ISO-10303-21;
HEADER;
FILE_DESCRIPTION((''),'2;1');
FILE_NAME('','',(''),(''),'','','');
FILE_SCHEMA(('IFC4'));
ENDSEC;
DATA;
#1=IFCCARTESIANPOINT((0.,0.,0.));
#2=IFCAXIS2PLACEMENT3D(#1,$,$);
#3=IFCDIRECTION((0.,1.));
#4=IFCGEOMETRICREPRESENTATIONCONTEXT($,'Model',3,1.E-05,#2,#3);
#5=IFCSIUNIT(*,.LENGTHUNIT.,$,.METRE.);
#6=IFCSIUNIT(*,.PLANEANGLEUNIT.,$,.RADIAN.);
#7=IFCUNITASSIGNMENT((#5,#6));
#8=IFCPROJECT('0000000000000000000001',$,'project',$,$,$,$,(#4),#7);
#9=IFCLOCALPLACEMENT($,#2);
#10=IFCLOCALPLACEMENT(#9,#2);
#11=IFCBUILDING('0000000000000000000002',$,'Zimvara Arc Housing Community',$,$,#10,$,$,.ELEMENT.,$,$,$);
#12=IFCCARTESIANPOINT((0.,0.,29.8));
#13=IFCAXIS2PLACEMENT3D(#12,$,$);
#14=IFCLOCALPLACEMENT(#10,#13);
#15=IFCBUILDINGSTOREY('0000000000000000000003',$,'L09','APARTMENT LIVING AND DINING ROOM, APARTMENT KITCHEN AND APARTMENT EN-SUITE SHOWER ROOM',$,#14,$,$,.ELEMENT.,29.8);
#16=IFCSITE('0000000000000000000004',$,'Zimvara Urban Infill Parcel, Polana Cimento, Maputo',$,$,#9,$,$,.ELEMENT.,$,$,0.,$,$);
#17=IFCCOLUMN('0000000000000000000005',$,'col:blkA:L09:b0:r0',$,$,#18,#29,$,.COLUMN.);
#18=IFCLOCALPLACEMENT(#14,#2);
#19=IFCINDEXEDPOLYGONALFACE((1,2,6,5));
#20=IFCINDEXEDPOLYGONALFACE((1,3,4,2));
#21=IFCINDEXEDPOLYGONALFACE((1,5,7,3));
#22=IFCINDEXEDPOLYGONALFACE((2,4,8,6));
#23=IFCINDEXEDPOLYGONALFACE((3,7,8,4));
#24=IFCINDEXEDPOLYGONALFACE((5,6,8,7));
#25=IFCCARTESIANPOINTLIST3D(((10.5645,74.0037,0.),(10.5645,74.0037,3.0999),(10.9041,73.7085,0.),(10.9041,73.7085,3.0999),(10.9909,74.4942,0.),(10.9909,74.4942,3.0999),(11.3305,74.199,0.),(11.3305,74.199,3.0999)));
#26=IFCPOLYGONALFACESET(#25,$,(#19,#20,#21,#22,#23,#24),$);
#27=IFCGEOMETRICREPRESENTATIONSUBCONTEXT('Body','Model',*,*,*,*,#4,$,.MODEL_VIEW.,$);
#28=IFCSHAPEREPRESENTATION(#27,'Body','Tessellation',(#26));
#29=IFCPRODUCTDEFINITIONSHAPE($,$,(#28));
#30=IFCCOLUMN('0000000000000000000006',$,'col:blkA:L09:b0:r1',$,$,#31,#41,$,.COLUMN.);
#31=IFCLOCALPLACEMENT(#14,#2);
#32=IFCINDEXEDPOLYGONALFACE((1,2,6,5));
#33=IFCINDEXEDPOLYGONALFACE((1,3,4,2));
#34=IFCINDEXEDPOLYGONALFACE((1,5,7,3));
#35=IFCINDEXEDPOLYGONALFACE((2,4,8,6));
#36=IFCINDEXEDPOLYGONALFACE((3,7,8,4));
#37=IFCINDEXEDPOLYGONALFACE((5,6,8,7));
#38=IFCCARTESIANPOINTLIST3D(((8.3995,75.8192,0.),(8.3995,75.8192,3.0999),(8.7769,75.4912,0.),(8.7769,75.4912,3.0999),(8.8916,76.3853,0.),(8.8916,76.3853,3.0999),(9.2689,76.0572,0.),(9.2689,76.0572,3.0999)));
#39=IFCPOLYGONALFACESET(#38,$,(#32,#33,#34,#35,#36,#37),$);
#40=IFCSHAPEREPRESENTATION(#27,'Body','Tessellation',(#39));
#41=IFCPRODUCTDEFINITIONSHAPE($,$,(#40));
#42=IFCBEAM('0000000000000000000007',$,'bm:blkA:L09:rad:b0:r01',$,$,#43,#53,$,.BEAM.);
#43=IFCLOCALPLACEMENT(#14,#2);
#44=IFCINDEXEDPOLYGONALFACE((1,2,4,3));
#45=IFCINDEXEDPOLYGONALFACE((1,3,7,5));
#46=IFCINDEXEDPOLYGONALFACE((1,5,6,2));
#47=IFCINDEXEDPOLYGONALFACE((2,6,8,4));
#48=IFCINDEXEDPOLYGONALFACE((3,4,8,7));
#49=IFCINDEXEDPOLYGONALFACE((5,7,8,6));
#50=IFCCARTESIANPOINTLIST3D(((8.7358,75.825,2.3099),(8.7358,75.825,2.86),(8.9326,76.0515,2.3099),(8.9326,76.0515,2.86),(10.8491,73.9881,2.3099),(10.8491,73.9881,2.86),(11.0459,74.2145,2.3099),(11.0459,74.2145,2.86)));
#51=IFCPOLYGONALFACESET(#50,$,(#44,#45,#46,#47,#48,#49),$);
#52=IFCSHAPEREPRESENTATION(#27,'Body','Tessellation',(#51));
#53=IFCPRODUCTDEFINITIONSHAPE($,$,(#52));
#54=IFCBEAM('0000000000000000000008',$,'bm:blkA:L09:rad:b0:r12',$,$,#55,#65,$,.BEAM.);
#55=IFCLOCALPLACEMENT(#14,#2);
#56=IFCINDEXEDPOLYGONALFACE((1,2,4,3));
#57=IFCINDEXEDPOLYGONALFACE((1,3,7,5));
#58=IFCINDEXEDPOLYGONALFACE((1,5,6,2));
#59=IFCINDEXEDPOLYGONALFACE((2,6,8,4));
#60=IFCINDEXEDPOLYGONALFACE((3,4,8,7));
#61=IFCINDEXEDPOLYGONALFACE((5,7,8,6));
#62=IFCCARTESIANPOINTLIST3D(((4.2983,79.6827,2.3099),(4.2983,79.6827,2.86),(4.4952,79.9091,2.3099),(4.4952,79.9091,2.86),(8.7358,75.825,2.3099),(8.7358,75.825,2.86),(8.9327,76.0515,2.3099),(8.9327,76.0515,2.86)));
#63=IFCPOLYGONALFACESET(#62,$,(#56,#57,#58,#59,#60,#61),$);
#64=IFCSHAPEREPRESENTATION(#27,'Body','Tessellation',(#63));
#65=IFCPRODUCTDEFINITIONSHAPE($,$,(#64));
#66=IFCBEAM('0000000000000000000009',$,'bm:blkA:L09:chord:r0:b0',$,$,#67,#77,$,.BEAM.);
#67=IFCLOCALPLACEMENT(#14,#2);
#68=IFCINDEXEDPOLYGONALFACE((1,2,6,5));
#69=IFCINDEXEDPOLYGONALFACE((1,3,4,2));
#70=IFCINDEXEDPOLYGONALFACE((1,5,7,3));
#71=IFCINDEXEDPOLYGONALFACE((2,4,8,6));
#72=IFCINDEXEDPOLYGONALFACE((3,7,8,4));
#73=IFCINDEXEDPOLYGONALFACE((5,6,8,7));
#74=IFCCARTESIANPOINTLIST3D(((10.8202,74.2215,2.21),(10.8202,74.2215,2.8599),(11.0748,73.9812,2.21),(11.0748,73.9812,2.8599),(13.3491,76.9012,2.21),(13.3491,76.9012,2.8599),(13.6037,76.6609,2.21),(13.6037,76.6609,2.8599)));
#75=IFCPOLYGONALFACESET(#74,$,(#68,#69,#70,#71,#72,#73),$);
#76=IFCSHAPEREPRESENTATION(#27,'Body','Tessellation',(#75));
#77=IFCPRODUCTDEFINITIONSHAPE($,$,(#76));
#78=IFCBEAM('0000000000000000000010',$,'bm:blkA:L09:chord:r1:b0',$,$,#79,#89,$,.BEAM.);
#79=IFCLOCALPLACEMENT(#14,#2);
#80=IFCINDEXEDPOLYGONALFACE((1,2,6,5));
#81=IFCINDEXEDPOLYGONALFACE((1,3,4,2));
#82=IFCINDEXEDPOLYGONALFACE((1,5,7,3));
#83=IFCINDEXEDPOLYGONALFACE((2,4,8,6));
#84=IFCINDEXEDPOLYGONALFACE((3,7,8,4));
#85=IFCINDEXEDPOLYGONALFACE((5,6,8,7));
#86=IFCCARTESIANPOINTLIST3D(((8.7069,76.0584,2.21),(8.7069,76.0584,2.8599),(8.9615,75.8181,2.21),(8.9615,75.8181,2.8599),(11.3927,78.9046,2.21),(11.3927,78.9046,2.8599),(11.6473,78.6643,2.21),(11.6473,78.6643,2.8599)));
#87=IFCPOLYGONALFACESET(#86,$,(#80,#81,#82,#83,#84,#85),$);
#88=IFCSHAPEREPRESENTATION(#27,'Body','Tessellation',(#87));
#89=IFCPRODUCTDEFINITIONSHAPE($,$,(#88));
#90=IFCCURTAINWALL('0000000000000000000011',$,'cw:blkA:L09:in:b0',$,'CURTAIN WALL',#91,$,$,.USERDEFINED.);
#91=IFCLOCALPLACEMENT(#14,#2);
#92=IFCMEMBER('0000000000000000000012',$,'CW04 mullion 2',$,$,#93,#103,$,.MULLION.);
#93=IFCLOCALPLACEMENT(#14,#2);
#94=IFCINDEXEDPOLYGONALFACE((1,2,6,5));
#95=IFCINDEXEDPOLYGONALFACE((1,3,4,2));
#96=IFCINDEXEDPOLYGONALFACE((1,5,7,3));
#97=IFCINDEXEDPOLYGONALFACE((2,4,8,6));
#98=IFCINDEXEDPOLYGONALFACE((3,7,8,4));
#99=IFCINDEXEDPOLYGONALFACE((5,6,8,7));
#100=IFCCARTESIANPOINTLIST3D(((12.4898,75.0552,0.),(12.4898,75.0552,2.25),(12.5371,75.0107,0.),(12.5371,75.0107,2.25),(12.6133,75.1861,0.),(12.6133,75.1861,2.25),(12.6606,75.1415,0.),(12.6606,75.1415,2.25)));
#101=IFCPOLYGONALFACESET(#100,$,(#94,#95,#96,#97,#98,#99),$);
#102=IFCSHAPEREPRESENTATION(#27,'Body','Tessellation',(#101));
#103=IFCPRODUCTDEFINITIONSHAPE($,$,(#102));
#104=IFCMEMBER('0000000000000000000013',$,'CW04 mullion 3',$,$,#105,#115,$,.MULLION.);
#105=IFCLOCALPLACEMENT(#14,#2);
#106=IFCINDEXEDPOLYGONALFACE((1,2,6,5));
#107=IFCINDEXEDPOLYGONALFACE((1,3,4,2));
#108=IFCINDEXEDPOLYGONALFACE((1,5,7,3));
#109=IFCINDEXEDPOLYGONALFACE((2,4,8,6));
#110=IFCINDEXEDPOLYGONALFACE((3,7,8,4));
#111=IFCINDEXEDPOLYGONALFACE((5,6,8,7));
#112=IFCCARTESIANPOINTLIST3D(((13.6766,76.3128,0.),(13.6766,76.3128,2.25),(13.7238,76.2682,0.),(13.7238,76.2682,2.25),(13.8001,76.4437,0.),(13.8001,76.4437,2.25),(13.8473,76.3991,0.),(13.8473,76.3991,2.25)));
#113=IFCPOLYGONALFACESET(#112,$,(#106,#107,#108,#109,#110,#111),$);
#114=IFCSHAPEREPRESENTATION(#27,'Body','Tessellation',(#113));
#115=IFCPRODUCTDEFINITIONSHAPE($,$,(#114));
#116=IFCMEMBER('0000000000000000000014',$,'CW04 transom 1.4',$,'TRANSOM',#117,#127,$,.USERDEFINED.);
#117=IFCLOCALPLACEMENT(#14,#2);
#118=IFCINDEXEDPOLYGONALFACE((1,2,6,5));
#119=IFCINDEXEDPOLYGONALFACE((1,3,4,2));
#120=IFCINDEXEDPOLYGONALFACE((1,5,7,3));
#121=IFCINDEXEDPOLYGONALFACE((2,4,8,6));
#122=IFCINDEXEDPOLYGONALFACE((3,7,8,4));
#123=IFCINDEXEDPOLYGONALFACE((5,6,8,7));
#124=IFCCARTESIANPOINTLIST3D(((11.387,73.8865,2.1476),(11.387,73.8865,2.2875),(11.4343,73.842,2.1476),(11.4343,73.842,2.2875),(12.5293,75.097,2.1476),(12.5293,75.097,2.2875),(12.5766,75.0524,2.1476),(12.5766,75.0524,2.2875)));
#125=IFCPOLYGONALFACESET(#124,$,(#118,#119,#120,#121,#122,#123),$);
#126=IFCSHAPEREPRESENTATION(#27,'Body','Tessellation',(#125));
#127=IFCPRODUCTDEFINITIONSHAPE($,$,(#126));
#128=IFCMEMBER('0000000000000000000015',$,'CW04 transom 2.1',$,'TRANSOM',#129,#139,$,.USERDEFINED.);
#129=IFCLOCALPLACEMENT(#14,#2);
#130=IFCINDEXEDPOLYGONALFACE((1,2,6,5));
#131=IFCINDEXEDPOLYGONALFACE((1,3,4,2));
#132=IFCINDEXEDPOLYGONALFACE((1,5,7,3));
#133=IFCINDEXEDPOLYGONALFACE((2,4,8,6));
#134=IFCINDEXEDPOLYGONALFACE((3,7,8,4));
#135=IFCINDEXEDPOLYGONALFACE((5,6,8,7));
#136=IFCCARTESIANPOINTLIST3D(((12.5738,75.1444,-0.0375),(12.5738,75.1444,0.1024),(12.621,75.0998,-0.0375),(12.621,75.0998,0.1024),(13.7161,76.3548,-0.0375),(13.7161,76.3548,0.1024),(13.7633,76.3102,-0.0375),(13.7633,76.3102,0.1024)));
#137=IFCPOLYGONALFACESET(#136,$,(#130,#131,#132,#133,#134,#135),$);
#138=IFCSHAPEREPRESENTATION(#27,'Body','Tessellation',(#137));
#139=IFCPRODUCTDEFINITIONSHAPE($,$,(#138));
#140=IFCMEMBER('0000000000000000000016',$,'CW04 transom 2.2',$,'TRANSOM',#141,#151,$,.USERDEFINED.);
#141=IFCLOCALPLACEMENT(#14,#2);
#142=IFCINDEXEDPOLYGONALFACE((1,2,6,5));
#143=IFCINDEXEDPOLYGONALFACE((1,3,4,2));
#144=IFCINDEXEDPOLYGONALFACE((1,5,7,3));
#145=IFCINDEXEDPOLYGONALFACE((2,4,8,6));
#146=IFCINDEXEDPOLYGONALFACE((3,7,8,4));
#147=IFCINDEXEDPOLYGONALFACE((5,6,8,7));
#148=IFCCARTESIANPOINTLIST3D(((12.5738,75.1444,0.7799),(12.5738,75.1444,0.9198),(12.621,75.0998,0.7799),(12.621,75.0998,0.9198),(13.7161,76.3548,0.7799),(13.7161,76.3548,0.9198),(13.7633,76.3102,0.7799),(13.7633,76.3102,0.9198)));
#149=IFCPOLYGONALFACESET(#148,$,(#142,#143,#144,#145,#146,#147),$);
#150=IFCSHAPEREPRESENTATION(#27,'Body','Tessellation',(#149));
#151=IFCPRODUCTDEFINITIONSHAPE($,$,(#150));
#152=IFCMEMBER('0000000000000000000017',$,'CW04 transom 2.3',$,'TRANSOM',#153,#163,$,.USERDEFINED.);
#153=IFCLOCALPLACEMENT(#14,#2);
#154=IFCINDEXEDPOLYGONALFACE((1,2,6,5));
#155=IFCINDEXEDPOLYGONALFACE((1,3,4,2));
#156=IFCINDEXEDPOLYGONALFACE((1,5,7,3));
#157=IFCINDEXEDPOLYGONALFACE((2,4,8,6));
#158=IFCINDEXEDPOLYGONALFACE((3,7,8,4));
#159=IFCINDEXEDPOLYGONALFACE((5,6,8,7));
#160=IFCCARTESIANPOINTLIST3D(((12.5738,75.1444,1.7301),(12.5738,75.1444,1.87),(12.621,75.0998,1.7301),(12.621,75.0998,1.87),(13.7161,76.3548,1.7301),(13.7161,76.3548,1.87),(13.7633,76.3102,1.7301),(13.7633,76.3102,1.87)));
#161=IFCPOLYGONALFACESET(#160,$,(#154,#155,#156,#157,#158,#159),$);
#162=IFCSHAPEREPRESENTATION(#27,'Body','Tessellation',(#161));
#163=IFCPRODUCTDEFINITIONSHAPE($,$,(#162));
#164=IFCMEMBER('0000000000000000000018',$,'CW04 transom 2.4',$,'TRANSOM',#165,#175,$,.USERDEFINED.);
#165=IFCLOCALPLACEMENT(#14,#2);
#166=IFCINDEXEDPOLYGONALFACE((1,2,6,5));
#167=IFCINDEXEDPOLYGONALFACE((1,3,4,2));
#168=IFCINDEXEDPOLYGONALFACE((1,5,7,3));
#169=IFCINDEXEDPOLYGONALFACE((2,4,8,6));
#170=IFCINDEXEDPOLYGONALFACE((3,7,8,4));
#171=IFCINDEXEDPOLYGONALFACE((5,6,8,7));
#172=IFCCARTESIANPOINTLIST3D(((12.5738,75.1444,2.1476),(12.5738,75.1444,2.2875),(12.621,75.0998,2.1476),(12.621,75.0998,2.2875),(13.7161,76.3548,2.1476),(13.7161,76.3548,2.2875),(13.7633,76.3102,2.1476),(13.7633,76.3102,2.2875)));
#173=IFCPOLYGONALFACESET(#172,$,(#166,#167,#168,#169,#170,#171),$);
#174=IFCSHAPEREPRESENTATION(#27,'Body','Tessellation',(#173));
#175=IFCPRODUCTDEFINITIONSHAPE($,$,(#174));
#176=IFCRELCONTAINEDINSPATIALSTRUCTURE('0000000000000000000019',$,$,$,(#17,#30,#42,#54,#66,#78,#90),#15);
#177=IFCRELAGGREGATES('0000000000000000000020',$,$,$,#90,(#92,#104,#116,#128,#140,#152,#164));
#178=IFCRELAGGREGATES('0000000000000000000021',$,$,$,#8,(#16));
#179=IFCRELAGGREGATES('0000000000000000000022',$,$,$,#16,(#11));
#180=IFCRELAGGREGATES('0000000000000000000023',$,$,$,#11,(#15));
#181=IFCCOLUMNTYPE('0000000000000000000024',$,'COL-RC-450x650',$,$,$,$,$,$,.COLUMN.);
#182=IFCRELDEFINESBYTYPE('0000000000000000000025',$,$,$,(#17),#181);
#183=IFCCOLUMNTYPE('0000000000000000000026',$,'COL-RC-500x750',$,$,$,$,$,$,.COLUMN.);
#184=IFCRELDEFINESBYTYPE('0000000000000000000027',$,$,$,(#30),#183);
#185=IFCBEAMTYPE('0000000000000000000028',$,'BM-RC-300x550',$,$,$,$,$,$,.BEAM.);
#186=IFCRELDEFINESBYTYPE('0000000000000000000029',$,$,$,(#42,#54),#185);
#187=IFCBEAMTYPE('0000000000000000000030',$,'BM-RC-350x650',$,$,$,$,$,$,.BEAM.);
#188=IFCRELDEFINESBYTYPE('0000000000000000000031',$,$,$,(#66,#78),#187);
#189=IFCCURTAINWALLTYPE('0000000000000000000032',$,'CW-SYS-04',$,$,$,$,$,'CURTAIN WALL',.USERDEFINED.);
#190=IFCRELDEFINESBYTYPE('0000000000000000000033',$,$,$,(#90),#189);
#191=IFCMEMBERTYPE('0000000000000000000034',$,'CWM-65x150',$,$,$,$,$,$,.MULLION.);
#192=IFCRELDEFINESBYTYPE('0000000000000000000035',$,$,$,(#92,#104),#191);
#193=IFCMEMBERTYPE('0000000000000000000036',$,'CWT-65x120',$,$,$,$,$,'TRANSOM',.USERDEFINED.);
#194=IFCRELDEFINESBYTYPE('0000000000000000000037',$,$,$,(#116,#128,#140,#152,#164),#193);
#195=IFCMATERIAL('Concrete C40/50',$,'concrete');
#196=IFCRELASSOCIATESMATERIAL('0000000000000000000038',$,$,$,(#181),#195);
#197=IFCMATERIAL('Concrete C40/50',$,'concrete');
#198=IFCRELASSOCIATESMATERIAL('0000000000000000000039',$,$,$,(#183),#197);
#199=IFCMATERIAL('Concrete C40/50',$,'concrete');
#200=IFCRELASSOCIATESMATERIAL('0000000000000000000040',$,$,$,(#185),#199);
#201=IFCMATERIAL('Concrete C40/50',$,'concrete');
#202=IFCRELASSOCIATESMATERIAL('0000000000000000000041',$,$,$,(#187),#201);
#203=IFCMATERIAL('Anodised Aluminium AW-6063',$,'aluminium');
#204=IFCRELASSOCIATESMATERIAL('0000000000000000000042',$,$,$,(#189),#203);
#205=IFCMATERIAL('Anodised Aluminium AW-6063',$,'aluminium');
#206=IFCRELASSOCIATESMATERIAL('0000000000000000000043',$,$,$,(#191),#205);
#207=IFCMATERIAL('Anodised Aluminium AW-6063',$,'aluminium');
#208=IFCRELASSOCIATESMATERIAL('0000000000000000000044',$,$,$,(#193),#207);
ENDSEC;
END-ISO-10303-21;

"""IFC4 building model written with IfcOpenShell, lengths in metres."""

from ifc_helpers import new_model, si_unit, direction, frame, origin, origin_2d, place, context, subcontext, project, spatial, rectangle, extrude, material, material_profile, profile_set, type_object, element, aggregate, save


model = new_model("IFC4")

# Units and contexts
model_context = context("Model", 3, precision=1e-05, world=origin(), true_north=direction((0.0, 1.0)))
body_context = subcontext(model_context, "Body", "Model", "MODEL_VIEW")
ifc_project = project(units=[si_unit("LENGTHUNIT", "METRE"), si_unit("PLANEANGLEUNIT", "RADIAN")], contexts=[model_context])

# Site, building, storey
site_placement = place(None, origin())
site = spatial("IfcSite", under=ifc_project, at=site_placement, Name="Zimvara Urban Infill Parcel, Polana Cimento, Maputo", CompositionType="ELEMENT", RefElevation=0.0)
building_placement = place(site_placement, origin())
building = spatial("IfcBuilding", under=site, at=building_placement, Name="Zimvara Arc Housing Community", CompositionType="ELEMENT")
storey_placement = place(building_placement, frame((0.0, 0.0, 29.8)))
storey = spatial("IfcBuildingStorey", under=building, at=storey_placement, Name="L09", Description="APARTMENT LIVING AND DINING ROOM, APARTMENT KITCHEN AND APARTMENT EN-SUITE SHOWER ROOM", CompositionType="ELEMENT", Elevation=29.8)

# Columns
ifc_material_1 = material(Name="Concrete C40/50", Category="concrete")
ifc_material_profile_1 = material_profile(ifc_material_1, rectangle(XDim=0.45, YDim=0.6499, at=origin_2d()), Name="RC 450x650")
ifc_profile_set_1 = profile_set([ifc_material_profile_1], Name="Concrete C40/50")
column_type_1 = type_object("IfcColumnType", Name="COL-RC-450x650", PredefinedType="COLUMN", material=ifc_profile_set_1)
column_1_placement = place(storey_placement, frame((10.9475, 74.1013, 0.0), z_axis=(0.0, 0.0, 1.0), x_axis=(-0.75471, 0.656059, 0.0)))
element("IfcColumn", 1, at=column_1_placement, inside=storey, type_object=column_type_1, Name="col:blkA:L09:b0:r0", PredefinedType="COLUMN", context=body_context, shape_type="SweptSolid", body=[
    extrude(rectangle(XDim=0.45, YDim=0.6499, at=origin_2d()), origin(), (0.0, 0.0, 1.0), 3.0999),
])
ifc_material_2 = material(Name="Concrete C40/50", Category="concrete")
ifc_material_profile_2 = material_profile(ifc_material_2, rectangle(XDim=0.5, YDim=0.75, at=origin_2d()), Name="RC 500x750")
ifc_profile_set_2 = profile_set([ifc_material_profile_2], Name="Concrete C40/50")
column_type_2 = type_object("IfcColumnType", Name="COL-RC-500x750", PredefinedType="COLUMN", material=ifc_profile_set_2)
column_2_placement = place(storey_placement, frame((8.8342, 75.9382, 0.0), z_axis=(0.0, 0.0, 1.0), x_axis=(-0.75471, 0.656059, 0.0)))
element("IfcColumn", 2, at=column_2_placement, inside=storey, type_object=column_type_2, Name="col:blkA:L09:b0:r1", PredefinedType="COLUMN", context=body_context, shape_type="SweptSolid", body=[
    extrude(rectangle(XDim=0.5, YDim=0.75, at=origin_2d()), origin(), (0.0, 0.0, 1.0), 3.0999),
])

# Beams
ifc_material_3 = material(Name="Concrete C40/50", Category="concrete")
ifc_material_profile_3 = material_profile(ifc_material_3, rectangle(XDim=0.3, YDim=0.55, at=origin_2d()), Name="RC 300x550")
ifc_profile_set_3 = profile_set([ifc_material_profile_3], Name="Concrete C40/50")
beam_type_1 = type_object("IfcBeamType", Name="BM-RC-300x550", PredefinedType="BEAM", material=ifc_profile_set_3)
beam_1_placement = place(storey_placement, frame((10.9475, 74.1013, 2.585), z_axis=(-0.754733, 0.656032, 0.0), x_axis=(-0.656032, -0.754733, 0.0)))
element("IfcBeam", 3, at=beam_1_placement, inside=storey, type_object=beam_type_1, Name="bm:blkA:L09:rad:b0:r01", PredefinedType="BEAM", context=body_context, shape_type="SweptSolid", body=[
    extrude(rectangle(XDim=0.3, YDim=0.55, at=origin_2d()), origin(), (0.0, 0.0, 1.0), 2.8),
])
beam_2_placement = place(storey_placement, frame((8.8342, 75.9382, 2.585), z_axis=(-0.754692, 0.656079, 0.0), x_axis=(-0.656079, -0.754692, 0.0)))
element("IfcBeam", 4, at=beam_2_placement, inside=storey, type_object=beam_type_1, Name="bm:blkA:L09:rad:b0:r12", PredefinedType="BEAM", context=body_context, shape_type="SweptSolid", body=[
    extrude(rectangle(XDim=0.3, YDim=0.55, at=origin_2d()), origin(), (0.0, 0.0, 1.0), 5.8799),
])
ifc_material_4 = material(Name="Concrete C40/50", Category="concrete")
ifc_material_profile_4 = material_profile(ifc_material_4, rectangle(XDim=0.3501, YDim=0.6499, at=origin_2d()), Name="RC 350x650")
ifc_profile_set_4 = profile_set([ifc_material_profile_4], Name="Concrete C40/50")
beam_type_2 = type_object("IfcBeamType", Name="BM-RC-350x650", PredefinedType="BEAM", material=ifc_profile_set_4)
beam_3_placement = place(storey_placement, frame((10.9475, 74.1013, 2.5349), z_axis=(0.686336, 0.727285, 0.0), x_axis=(-0.727285, 0.686336, 0.0)))
element("IfcBeam", 5, at=beam_3_placement, inside=storey, type_object=beam_type_2, Name="bm:blkA:L09:chord:r0:b0", PredefinedType="BEAM", context=body_context, shape_type="SweptSolid", body=[
    extrude(rectangle(XDim=0.3501, YDim=0.6499, at=origin_2d()), origin(), (0.0, 0.0, 1.0), 3.6846),
])
beam_4_placement = place(storey_placement, frame((8.8342, 75.9382, 2.5349), z_axis=(0.686316, 0.727304, 0.0), x_axis=(-0.727304, 0.686316, 0.0)))
element("IfcBeam", 6, at=beam_4_placement, inside=storey, type_object=beam_type_2, Name="bm:blkA:L09:chord:r1:b0", PredefinedType="BEAM", context=body_context, shape_type="SweptSolid", body=[
    extrude(rectangle(XDim=0.3501, YDim=0.6499, at=origin_2d()), origin(), (0.0, 0.0, 1.0), 3.9133),
])

# Curtain wall, members
ifc_material_5 = material(Name="Anodised Aluminium AW-6063", Category="aluminium")
curtain_wall_type = type_object("IfcCurtainWallType", Name="CW-SYS-04", ElementType="CURTAIN WALL", PredefinedType="USERDEFINED", material=ifc_material_5)
curtain_wall_placement = place(storey_placement, origin())
curtain_wall = element("IfcCurtainWall", 7, at=curtain_wall_placement, inside=storey, type_object=curtain_wall_type, Name="cw:blkA:L09:in:b0", ObjectType="CURTAIN WALL", PredefinedType="USERDEFINED")
ifc_material_6 = material(Name="Anodised Aluminium AW-6063", Category="aluminium")
ifc_material_profile_5 = material_profile(ifc_material_6, rectangle(XDim=0.0649, YDim=0.1799, at=origin_2d()), Name="ALU 65x180")
ifc_profile_set_5 = profile_set([ifc_material_profile_5], Name="Anodised Aluminium AW-6063")
member_type_1 = type_object("IfcMemberType", Name="CWM-65x150", PredefinedType="MULLION", material=ifc_profile_set_5)
member_1_placement = place(storey_placement, frame((12.5752, 75.0984, 0.0), z_axis=(0.0, 0.0, 1.0), x_axis=(-0.727293, 0.686327, 0.0)))
member_1 = element("IfcMember", 8, at=member_1_placement, type_object=member_type_1, Name="CW04 mullion 2", PredefinedType="MULLION", context=body_context, shape_type="SweptSolid", body=[
    extrude(rectangle(XDim=0.0649, YDim=0.1799, at=origin_2d()), origin(), (0.0, 0.0, 1.0), 2.25),
])
member_2_placement = place(storey_placement, frame((13.762, 76.356, 0.0), z_axis=(0.0, 0.0, 1.0), x_axis=(-0.727293, 0.686327, 0.0)))
member_2 = element("IfcMember", 9, at=member_2_placement, type_object=member_type_1, Name="CW04 mullion 3", PredefinedType="MULLION", context=body_context, shape_type="SweptSolid", body=[
    extrude(rectangle(XDim=0.0649, YDim=0.1799, at=origin_2d()), origin(), (0.0, 0.0, 1.0), 2.25),
])
ifc_material_7 = material(Name="Anodised Aluminium AW-6063", Category="aluminium")
ifc_material_profile_6 = material_profile(ifc_material_7, rectangle(XDim=0.0649, YDim=0.1399, at=origin_2d()), Name="ALU 65x140")
ifc_profile_set_6 = profile_set([ifc_material_profile_6], Name="Anodised Aluminium AW-6063")
member_type_2 = type_object("IfcMemberType", Name="CWT-65x120", ElementType="TRANSOM", PredefinedType="USERDEFINED", material=ifc_profile_set_6)
member_3_placement = place(storey_placement, frame((11.4106, 73.8643, 2.2175), z_axis=(0.686348, 0.727273, 0.0), x_axis=(-0.727273, 0.686348, 0.0)))
member_3 = element("IfcMember", 10, at=member_3_placement, type_object=member_type_2, Name="CW04 transom 1.4", ObjectType="TRANSOM", PredefinedType="USERDEFINED", context=body_context, shape_type="SweptSolid", body=[
    extrude(rectangle(XDim=0.0649, YDim=0.1399, at=origin_2d()), origin(), (0.0, 0.0, 1.0), 1.6643),
])
member_4_placement = place(storey_placement, frame((12.5974, 75.1221, 0.0325), z_axis=(0.686348, 0.727273, 0.0), x_axis=(-0.727273, 0.686348, 0.0)))
member_4 = element("IfcMember", 11, at=member_4_placement, type_object=member_type_2, Name="CW04 transom 2.1", ObjectType="TRANSOM", PredefinedType="USERDEFINED", context=body_context, shape_type="SweptSolid", body=[
    extrude(rectangle(XDim=0.0649, YDim=0.1399, at=origin_2d()), origin(), (0.0, 0.0, 1.0), 1.6643),
])
member_5_placement = place(storey_placement, frame((12.5974, 75.1221, 0.8499), z_axis=(0.686348, 0.727273, 0.0), x_axis=(-0.727273, 0.686348, 0.0)))
member_5 = element("IfcMember", 12, at=member_5_placement, type_object=member_type_2, Name="CW04 transom 2.2", ObjectType="TRANSOM", PredefinedType="USERDEFINED", context=body_context, shape_type="SweptSolid", body=[
    extrude(rectangle(XDim=0.0649, YDim=0.1399, at=origin_2d()), origin(), (0.0, 0.0, 1.0), 1.6643),
])
member_6_placement = place(storey_placement, frame((12.5974, 75.1221, 1.8), z_axis=(0.686348, 0.727273, 0.0), x_axis=(-0.727273, 0.686348, 0.0)))
member_6 = element("IfcMember", 13, at=member_6_placement, type_object=member_type_2, Name="CW04 transom 2.3", ObjectType="TRANSOM", PredefinedType="USERDEFINED", context=body_context, shape_type="SweptSolid", body=[
    extrude(rectangle(XDim=0.0649, YDim=0.1399, at=origin_2d()), origin(), (0.0, 0.0, 1.0), 1.6643),
])
member_7_placement = place(storey_placement, frame((12.5974, 75.1221, 2.2175), z_axis=(0.686348, 0.727273, 0.0), x_axis=(-0.727273, 0.686348, 0.0)))
member_7 = element("IfcMember", 14, at=member_7_placement, type_object=member_type_2, Name="CW04 transom 2.4", ObjectType="TRANSOM", PredefinedType="USERDEFINED", context=body_context, shape_type="SweptSolid", body=[
    extrude(rectangle(XDim=0.0649, YDim=0.1399, at=origin_2d()), origin(), (0.0, 0.0, 1.0), 1.6643),
])
aggregate(curtain_wall, [member_1, member_2, member_3, member_4, member_5, member_6, member_7])

save(model, "model.ifc")
